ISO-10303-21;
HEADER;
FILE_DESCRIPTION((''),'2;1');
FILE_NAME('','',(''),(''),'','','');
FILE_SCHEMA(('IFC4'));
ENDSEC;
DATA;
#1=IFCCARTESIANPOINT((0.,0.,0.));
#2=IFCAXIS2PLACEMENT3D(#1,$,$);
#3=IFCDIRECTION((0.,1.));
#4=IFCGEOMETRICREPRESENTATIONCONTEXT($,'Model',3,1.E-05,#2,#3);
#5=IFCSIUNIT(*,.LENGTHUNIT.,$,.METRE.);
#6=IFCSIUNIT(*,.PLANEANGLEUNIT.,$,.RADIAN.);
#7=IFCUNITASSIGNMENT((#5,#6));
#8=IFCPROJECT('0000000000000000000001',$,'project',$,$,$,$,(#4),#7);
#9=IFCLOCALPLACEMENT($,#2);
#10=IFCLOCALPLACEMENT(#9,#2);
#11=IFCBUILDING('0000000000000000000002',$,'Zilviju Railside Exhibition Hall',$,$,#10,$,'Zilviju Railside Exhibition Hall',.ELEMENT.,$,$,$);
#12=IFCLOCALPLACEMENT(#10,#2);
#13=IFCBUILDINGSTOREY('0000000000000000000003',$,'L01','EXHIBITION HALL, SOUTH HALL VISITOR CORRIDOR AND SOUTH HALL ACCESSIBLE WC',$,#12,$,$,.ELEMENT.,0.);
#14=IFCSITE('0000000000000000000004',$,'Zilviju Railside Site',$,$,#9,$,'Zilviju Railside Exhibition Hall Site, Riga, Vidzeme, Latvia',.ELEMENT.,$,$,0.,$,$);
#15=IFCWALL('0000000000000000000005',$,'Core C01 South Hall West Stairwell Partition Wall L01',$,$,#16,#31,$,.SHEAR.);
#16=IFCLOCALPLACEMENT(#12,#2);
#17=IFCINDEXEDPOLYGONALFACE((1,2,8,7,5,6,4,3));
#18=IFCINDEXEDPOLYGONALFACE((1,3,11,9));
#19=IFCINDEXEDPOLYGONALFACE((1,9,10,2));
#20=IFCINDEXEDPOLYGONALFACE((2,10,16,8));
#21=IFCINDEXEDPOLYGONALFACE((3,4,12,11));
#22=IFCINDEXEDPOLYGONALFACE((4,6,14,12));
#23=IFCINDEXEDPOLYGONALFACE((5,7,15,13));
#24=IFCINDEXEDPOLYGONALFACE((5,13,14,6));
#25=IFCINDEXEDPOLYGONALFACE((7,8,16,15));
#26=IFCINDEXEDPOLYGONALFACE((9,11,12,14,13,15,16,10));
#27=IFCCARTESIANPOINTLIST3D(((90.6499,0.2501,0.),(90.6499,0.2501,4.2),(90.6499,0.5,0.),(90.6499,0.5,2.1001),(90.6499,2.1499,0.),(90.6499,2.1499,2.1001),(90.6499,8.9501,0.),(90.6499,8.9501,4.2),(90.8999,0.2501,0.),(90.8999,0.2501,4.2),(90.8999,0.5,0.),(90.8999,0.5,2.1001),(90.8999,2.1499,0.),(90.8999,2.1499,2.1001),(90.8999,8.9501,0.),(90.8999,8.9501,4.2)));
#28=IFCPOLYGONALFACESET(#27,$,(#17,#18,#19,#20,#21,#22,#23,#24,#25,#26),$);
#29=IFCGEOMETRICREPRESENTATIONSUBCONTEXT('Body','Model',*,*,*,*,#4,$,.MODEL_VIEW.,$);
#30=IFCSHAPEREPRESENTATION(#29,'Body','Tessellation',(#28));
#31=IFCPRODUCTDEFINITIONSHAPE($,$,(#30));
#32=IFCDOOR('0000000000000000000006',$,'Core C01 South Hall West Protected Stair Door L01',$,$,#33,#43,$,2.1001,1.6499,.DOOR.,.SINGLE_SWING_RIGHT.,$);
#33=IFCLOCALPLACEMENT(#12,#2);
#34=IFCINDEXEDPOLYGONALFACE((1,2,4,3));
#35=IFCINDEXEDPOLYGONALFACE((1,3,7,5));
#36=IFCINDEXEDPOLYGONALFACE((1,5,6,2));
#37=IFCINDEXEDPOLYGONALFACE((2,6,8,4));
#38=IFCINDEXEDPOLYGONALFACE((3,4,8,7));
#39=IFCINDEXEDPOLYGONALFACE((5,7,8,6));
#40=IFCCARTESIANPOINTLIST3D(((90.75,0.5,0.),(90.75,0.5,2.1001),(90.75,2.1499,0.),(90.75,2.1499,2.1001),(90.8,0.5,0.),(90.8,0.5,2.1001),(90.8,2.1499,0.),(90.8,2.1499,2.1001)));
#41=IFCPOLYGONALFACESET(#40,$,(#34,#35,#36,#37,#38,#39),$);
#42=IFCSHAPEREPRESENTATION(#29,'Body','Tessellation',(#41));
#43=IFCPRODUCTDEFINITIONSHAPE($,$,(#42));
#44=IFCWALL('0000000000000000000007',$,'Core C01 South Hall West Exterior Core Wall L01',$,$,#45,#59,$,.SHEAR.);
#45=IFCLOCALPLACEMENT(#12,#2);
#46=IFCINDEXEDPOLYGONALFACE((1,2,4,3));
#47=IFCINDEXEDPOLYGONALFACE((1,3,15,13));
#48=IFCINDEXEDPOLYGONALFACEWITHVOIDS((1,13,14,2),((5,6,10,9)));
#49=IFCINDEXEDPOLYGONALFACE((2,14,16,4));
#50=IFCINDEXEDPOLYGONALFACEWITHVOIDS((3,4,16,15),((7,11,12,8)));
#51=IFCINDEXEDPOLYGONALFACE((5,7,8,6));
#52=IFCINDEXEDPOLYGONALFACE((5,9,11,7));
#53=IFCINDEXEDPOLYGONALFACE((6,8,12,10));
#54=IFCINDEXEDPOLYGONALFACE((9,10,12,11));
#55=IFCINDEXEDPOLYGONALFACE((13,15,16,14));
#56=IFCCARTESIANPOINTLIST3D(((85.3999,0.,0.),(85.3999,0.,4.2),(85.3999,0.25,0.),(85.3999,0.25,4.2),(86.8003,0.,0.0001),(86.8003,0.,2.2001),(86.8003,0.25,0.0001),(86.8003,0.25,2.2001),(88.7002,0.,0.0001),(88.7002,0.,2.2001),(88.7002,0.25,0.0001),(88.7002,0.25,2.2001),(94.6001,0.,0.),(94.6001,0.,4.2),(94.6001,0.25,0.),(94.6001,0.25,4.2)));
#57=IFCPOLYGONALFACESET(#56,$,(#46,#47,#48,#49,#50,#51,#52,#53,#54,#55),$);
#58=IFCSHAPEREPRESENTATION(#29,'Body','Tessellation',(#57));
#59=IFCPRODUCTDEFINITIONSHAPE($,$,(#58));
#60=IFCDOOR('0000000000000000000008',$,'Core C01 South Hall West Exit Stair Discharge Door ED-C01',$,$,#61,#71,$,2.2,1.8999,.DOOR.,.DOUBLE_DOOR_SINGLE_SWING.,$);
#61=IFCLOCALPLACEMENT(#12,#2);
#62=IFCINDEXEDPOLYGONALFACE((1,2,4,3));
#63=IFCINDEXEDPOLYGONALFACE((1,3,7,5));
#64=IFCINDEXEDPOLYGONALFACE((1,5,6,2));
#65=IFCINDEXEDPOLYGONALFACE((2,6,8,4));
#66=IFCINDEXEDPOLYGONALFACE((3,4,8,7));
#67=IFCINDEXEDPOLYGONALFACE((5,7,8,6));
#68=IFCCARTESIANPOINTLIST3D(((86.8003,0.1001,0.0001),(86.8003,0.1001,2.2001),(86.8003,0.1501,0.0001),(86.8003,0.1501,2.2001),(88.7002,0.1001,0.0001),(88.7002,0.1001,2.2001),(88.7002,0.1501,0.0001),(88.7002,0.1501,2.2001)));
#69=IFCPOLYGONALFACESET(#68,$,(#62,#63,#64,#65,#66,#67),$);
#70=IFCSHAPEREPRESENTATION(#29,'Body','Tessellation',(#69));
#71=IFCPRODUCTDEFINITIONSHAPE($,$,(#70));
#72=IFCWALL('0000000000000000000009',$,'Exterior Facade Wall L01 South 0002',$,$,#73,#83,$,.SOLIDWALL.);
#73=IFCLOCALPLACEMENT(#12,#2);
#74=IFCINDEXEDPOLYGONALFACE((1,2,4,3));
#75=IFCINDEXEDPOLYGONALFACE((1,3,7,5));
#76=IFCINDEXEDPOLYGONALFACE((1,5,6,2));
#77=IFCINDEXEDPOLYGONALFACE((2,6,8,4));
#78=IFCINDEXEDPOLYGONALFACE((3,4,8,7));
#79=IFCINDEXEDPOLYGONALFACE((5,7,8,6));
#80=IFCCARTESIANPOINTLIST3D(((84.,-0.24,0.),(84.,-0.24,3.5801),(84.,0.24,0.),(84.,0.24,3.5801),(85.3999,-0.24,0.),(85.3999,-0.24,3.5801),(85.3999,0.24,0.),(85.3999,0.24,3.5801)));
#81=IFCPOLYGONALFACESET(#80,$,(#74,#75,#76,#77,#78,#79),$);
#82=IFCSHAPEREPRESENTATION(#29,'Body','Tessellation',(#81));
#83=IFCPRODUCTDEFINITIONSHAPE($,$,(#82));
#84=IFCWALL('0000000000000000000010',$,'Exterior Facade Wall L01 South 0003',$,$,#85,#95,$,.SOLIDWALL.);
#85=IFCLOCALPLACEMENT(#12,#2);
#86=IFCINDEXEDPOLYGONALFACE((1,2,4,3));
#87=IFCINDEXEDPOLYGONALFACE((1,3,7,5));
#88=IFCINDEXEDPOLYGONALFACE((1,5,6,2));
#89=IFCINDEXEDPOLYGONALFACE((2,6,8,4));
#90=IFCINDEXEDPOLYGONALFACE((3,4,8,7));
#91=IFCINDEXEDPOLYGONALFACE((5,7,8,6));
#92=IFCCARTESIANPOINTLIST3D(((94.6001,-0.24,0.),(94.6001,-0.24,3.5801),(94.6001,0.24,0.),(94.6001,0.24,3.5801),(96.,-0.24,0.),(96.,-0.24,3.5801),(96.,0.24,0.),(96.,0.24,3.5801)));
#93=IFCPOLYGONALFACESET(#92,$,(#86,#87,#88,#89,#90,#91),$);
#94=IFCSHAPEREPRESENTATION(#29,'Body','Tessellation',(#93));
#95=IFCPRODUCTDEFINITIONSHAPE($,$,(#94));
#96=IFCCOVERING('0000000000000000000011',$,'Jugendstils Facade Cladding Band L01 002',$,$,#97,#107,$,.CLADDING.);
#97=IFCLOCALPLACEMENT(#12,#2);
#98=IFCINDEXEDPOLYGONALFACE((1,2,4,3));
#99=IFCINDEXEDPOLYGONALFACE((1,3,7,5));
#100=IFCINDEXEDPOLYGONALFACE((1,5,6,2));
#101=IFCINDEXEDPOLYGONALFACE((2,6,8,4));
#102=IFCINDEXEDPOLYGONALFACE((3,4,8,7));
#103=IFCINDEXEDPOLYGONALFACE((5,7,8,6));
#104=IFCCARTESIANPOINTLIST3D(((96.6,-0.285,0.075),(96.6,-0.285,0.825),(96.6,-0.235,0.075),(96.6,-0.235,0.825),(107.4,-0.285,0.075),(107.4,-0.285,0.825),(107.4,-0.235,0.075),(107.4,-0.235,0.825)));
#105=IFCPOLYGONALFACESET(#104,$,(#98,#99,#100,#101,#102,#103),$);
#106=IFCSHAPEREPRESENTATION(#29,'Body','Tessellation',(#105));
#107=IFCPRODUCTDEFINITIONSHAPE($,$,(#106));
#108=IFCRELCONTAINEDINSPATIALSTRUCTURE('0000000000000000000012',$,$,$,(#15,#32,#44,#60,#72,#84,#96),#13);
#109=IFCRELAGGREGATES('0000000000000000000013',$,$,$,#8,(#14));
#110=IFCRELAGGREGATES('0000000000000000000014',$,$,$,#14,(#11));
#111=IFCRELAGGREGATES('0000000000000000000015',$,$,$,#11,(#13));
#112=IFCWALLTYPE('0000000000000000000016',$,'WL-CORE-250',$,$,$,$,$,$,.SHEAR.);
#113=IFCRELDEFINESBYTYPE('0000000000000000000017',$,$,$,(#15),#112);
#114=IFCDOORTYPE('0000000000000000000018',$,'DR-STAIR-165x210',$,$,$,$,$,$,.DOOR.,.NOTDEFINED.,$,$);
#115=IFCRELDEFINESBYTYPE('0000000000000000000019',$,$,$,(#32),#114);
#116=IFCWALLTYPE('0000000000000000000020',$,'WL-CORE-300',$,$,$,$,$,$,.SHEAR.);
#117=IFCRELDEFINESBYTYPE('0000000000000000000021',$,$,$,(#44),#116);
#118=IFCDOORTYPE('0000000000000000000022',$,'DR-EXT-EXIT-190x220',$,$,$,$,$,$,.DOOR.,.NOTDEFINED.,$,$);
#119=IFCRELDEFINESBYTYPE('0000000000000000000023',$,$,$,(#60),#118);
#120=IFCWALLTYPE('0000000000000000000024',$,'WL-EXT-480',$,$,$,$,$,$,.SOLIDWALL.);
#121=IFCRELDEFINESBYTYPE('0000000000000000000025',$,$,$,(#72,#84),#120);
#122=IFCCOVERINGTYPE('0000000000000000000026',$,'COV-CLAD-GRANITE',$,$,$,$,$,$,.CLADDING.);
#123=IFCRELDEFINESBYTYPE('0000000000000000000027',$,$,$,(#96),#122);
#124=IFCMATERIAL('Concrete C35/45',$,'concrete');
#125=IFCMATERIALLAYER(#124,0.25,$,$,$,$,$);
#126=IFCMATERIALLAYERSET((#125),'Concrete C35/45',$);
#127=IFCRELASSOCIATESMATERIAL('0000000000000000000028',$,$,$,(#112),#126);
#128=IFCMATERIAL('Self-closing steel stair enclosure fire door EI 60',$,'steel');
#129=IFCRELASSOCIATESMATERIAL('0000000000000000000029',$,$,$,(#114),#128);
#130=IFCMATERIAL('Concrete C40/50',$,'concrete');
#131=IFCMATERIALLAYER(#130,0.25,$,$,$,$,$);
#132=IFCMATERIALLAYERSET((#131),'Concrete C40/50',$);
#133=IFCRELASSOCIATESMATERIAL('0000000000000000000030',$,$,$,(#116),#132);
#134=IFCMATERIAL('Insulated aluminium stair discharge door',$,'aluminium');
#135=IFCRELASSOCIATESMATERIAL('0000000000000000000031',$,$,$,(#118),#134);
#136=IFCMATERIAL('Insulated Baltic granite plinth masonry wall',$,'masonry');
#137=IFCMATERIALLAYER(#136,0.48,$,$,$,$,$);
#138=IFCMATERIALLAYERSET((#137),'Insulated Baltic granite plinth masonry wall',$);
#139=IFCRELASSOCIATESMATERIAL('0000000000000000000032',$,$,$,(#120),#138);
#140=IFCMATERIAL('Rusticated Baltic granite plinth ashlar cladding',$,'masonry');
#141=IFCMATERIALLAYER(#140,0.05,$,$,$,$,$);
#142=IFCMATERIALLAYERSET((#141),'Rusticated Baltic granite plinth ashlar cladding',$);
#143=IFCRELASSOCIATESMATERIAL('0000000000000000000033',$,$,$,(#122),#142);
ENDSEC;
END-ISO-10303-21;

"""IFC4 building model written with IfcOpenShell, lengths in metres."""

from ifc_helpers import new_model, si_unit, direction, frame, frame_2d, origin, origin_2d, place, context, subcontext, project, spatial, rectangle, extrude, material, layer, layer_set, type_object, element, fill, save


model = new_model("IFC4")

# Units and contexts
model_context = context("Model", 3, precision=1e-05, world=origin(), true_north=direction((0.0, 1.0)))
body_context = subcontext(model_context, "Body", "Model", "MODEL_VIEW")
ifc_project = project(units=[si_unit("LENGTHUNIT", "METRE"), si_unit("PLANEANGLEUNIT", "RADIAN")], contexts=[model_context])

# Site, building, storey
site_placement = place(None, origin())
site = spatial("IfcSite", under=ifc_project, at=site_placement, Name="Zilviju Railside Site", LongName="Zilviju Railside Exhibition Hall Site, Riga, Vidzeme, Latvia", CompositionType="ELEMENT", RefElevation=0.0)
building_placement = place(site_placement, origin())
building = spatial("IfcBuilding", under=site, at=building_placement, Name="Zilviju Railside Exhibition Hall", LongName="Zilviju Railside Exhibition Hall", CompositionType="ELEMENT")
storey_placement = place(building_placement, origin())
storey = spatial("IfcBuildingStorey", under=building, at=storey_placement, Name="L01", Description="EXHIBITION HALL, SOUTH HALL VISITOR CORRIDOR AND SOUTH HALL ACCESSIBLE WC", CompositionType="ELEMENT", Elevation=0.0)

# Shared definitions
ifc_material_1 = material(Name="Concrete C35/45", Category="concrete")

# Shared definitions
ifc_material_2 = material(Name="Concrete C40/50", Category="concrete")

# Shared definitions
ifc_layer_1 = layer(ifc_material_1, 0.25)
ifc_layer_set_1 = layer_set([ifc_layer_1], Name="Concrete C35/45")
wall_type_1 = type_object("IfcWallType", Name="WL-CORE-250", PredefinedType="SHEAR", material=ifc_layer_set_1)

# Walls, openings, doors
wall_1_placement = place(storey_placement, frame((90.7749, 0.25, 0.0), z_axis=(0.0, 0.0, 1.0), x_axis=(0.0, 1.0, 0.0)))
wall_1 = element("IfcWall", 1, at=wall_1_placement, inside=storey, type_object=wall_type_1, Name="Core C01 South Hall West Stairwell Partition Wall L01", PredefinedType="SHEAR", context=body_context, shape_type="SweptSolid", body=[
    extrude(rectangle(XDim=8.7, YDim=0.25, at=frame_2d((4.3501, 0.0))), origin(), (0.0, 0.0, 1.0), 4.2),
])
opening_1_placement = place(wall_1_placement, frame((0.25, 0.0, 0.0)))
opening_1 = element("IfcOpeningElement", 2, at=opening_1_placement, cuts=wall_1, PredefinedType="OPENING", context=body_context, shape_type="SweptSolid", body=[
    extrude(rectangle(XDim=1.6499, YDim=2.1001, at=frame_2d((0.825, 1.05))), frame((0.0, 0.135, 0.0), z_axis=(0.0, -1.0, 0.0), x_axis=(1.0, 0.0, 0.0)), (0.0, 0.0, 1.0), 0.27),
])
ifc_material_3 = material(Name="Self-closing steel stair enclosure fire door EI 60", Category="steel")
door_type_1 = type_object("IfcDoorType", Name="DR-STAIR-165x210", OperationType="NOTDEFINED", PredefinedType="DOOR", material=ifc_material_3)
door_1_placement = place(opening_1_placement, origin())
door_1 = element("IfcDoor", 3, at=door_1_placement, inside=storey, type_object=door_type_1, Name="Core C01 South Hall West Protected Stair Door L01", OperationType="SINGLE_SWING_RIGHT", OverallHeight=2.1001, OverallWidth=1.6499, PredefinedType="DOOR", context=body_context, shape_type="SweptSolid", body=[
    extrude(rectangle(XDim=1.6499, YDim=2.1001, at=frame_2d((0.825, 1.05))), frame((0.0, 0.0249, 0.0), z_axis=(0.0, -1.0, 0.0), x_axis=(1.0, 0.0, 0.0)), (0.0, 0.0, 1.0), 0.05),
])
fill(opening_1, door_1)
ifc_layer_2 = layer(ifc_material_2, 0.25)
ifc_layer_set_2 = layer_set([ifc_layer_2], Name="Concrete C40/50")
wall_type_2 = type_object("IfcWallType", Name="WL-CORE-300", PredefinedType="SHEAR", material=ifc_layer_set_2)
wall_2_placement = place(storey_placement, frame((94.6001, 0.125, 0.0), z_axis=(0.0, 0.0, 1.0), x_axis=(-1.0, 0.0, 0.0)))
wall_2 = element("IfcWall", 4, at=wall_2_placement, inside=storey, type_object=wall_type_2, Name="Core C01 South Hall West Exterior Core Wall L01", PredefinedType="SHEAR", context=body_context, shape_type="SweptSolid", body=[
    extrude(rectangle(XDim=9.2002, YDim=0.25, at=frame_2d((4.6001, 0.0))), origin(), (0.0, 0.0, 1.0), 4.2),
])
opening_2_placement = place(wall_2_placement, frame((5.8999, 0.0, 0.0)))
opening_2 = element("IfcOpeningElement", 5, at=opening_2_placement, cuts=wall_2, PredefinedType="OPENING", context=body_context, shape_type="SweptSolid", body=[
    extrude(rectangle(XDim=1.8999, YDim=2.2, at=frame_2d((0.95, 1.1001))), frame((0.0, 0.135, 0.0), z_axis=(0.0, -1.0, 0.0), x_axis=(1.0, 0.0, 0.0)), (0.0, 0.0, 1.0), 0.27),
])
ifc_material_4 = material(Name="Insulated aluminium stair discharge door", Category="aluminium")
door_type_2 = type_object("IfcDoorType", Name="DR-EXT-EXIT-190x220", OperationType="NOTDEFINED", PredefinedType="DOOR", material=ifc_material_4)
door_2_placement = place(opening_2_placement, origin())
door_2 = element("IfcDoor", 6, at=door_2_placement, inside=storey, type_object=door_type_2, Name="Core C01 South Hall West Exit Stair Discharge Door ED-C01", OperationType="DOUBLE_DOOR_SINGLE_SWING", OverallHeight=2.2, OverallWidth=1.8999, PredefinedType="DOOR", context=body_context, shape_type="SweptSolid", body=[
    extrude(rectangle(XDim=1.8999, YDim=2.2, at=frame_2d((0.95, 1.1001))), frame((0.0, 0.0249, 0.0), z_axis=(0.0, -1.0, 0.0), x_axis=(1.0, 0.0, 0.0)), (0.0, 0.0, 1.0), 0.05),
])
fill(opening_2, door_2)

# Walls
ifc_material_5 = material(Name="Insulated Baltic granite plinth masonry wall", Category="masonry")
ifc_layer_3 = layer(ifc_material_5, 0.48)
ifc_layer_set_3 = layer_set([ifc_layer_3], Name="Insulated Baltic granite plinth masonry wall")
wall_type_3 = type_object("IfcWallType", Name="WL-EXT-480", PredefinedType="SOLIDWALL", material=ifc_layer_set_3)
for number, where, z_axis, x_axis, name in (
    (7, (85.3999, 0.0, 0.0), (0.0, 0.0, 1.0), (-1.0, 0.0, 0.0), "Exterior Facade Wall L01 South 0002"),
    (8, (96.0, 0.0, 0.0), (0.0, 0.0, 1.0), (-1.0, 0.0, 0.0), "Exterior Facade Wall L01 South 0003"),
):
    element("IfcWall", number, at=place(storey_placement, frame(where, z_axis=z_axis, x_axis=x_axis)), inside=storey, type_object=wall_type_3, Name=name, PredefinedType="SOLIDWALL", context=body_context, shape_type="SweptSolid", body=[
        extrude(rectangle(XDim=1.3999, YDim=0.48, at=frame_2d((0.7, 0.0))), origin(), (0.0, 0.0, 1.0), 3.5801),
    ])

# Covering
ifc_material_6 = material(Name="Rusticated Baltic granite plinth ashlar cladding", Category="masonry")
ifc_layer_4 = layer(ifc_material_6, 0.05)
ifc_layer_set_4 = layer_set([ifc_layer_4], Name="Rusticated Baltic granite plinth ashlar cladding")
covering_type = type_object("IfcCoveringType", Name="COV-CLAD-GRANITE", PredefinedType="CLADDING", material=ifc_layer_set_4)
covering_placement = place(storey_placement, frame((102.0, -0.26, 0.075), z_axis=(0.0, 0.0, 1.0), x_axis=(-1.0, 0.0, 0.0)))
element("IfcCovering", 9, at=covering_placement, inside=storey, type_object=covering_type, Name="Jugendstils Facade Cladding Band L01 002", PredefinedType="CLADDING", context=body_context, shape_type="SweptSolid", body=[
    extrude(rectangle(XDim=10.8, YDim=0.05, at=origin_2d()), origin(), (0.0, 0.0, 1.0), 0.75),
])

save(model, "model.ifc")
